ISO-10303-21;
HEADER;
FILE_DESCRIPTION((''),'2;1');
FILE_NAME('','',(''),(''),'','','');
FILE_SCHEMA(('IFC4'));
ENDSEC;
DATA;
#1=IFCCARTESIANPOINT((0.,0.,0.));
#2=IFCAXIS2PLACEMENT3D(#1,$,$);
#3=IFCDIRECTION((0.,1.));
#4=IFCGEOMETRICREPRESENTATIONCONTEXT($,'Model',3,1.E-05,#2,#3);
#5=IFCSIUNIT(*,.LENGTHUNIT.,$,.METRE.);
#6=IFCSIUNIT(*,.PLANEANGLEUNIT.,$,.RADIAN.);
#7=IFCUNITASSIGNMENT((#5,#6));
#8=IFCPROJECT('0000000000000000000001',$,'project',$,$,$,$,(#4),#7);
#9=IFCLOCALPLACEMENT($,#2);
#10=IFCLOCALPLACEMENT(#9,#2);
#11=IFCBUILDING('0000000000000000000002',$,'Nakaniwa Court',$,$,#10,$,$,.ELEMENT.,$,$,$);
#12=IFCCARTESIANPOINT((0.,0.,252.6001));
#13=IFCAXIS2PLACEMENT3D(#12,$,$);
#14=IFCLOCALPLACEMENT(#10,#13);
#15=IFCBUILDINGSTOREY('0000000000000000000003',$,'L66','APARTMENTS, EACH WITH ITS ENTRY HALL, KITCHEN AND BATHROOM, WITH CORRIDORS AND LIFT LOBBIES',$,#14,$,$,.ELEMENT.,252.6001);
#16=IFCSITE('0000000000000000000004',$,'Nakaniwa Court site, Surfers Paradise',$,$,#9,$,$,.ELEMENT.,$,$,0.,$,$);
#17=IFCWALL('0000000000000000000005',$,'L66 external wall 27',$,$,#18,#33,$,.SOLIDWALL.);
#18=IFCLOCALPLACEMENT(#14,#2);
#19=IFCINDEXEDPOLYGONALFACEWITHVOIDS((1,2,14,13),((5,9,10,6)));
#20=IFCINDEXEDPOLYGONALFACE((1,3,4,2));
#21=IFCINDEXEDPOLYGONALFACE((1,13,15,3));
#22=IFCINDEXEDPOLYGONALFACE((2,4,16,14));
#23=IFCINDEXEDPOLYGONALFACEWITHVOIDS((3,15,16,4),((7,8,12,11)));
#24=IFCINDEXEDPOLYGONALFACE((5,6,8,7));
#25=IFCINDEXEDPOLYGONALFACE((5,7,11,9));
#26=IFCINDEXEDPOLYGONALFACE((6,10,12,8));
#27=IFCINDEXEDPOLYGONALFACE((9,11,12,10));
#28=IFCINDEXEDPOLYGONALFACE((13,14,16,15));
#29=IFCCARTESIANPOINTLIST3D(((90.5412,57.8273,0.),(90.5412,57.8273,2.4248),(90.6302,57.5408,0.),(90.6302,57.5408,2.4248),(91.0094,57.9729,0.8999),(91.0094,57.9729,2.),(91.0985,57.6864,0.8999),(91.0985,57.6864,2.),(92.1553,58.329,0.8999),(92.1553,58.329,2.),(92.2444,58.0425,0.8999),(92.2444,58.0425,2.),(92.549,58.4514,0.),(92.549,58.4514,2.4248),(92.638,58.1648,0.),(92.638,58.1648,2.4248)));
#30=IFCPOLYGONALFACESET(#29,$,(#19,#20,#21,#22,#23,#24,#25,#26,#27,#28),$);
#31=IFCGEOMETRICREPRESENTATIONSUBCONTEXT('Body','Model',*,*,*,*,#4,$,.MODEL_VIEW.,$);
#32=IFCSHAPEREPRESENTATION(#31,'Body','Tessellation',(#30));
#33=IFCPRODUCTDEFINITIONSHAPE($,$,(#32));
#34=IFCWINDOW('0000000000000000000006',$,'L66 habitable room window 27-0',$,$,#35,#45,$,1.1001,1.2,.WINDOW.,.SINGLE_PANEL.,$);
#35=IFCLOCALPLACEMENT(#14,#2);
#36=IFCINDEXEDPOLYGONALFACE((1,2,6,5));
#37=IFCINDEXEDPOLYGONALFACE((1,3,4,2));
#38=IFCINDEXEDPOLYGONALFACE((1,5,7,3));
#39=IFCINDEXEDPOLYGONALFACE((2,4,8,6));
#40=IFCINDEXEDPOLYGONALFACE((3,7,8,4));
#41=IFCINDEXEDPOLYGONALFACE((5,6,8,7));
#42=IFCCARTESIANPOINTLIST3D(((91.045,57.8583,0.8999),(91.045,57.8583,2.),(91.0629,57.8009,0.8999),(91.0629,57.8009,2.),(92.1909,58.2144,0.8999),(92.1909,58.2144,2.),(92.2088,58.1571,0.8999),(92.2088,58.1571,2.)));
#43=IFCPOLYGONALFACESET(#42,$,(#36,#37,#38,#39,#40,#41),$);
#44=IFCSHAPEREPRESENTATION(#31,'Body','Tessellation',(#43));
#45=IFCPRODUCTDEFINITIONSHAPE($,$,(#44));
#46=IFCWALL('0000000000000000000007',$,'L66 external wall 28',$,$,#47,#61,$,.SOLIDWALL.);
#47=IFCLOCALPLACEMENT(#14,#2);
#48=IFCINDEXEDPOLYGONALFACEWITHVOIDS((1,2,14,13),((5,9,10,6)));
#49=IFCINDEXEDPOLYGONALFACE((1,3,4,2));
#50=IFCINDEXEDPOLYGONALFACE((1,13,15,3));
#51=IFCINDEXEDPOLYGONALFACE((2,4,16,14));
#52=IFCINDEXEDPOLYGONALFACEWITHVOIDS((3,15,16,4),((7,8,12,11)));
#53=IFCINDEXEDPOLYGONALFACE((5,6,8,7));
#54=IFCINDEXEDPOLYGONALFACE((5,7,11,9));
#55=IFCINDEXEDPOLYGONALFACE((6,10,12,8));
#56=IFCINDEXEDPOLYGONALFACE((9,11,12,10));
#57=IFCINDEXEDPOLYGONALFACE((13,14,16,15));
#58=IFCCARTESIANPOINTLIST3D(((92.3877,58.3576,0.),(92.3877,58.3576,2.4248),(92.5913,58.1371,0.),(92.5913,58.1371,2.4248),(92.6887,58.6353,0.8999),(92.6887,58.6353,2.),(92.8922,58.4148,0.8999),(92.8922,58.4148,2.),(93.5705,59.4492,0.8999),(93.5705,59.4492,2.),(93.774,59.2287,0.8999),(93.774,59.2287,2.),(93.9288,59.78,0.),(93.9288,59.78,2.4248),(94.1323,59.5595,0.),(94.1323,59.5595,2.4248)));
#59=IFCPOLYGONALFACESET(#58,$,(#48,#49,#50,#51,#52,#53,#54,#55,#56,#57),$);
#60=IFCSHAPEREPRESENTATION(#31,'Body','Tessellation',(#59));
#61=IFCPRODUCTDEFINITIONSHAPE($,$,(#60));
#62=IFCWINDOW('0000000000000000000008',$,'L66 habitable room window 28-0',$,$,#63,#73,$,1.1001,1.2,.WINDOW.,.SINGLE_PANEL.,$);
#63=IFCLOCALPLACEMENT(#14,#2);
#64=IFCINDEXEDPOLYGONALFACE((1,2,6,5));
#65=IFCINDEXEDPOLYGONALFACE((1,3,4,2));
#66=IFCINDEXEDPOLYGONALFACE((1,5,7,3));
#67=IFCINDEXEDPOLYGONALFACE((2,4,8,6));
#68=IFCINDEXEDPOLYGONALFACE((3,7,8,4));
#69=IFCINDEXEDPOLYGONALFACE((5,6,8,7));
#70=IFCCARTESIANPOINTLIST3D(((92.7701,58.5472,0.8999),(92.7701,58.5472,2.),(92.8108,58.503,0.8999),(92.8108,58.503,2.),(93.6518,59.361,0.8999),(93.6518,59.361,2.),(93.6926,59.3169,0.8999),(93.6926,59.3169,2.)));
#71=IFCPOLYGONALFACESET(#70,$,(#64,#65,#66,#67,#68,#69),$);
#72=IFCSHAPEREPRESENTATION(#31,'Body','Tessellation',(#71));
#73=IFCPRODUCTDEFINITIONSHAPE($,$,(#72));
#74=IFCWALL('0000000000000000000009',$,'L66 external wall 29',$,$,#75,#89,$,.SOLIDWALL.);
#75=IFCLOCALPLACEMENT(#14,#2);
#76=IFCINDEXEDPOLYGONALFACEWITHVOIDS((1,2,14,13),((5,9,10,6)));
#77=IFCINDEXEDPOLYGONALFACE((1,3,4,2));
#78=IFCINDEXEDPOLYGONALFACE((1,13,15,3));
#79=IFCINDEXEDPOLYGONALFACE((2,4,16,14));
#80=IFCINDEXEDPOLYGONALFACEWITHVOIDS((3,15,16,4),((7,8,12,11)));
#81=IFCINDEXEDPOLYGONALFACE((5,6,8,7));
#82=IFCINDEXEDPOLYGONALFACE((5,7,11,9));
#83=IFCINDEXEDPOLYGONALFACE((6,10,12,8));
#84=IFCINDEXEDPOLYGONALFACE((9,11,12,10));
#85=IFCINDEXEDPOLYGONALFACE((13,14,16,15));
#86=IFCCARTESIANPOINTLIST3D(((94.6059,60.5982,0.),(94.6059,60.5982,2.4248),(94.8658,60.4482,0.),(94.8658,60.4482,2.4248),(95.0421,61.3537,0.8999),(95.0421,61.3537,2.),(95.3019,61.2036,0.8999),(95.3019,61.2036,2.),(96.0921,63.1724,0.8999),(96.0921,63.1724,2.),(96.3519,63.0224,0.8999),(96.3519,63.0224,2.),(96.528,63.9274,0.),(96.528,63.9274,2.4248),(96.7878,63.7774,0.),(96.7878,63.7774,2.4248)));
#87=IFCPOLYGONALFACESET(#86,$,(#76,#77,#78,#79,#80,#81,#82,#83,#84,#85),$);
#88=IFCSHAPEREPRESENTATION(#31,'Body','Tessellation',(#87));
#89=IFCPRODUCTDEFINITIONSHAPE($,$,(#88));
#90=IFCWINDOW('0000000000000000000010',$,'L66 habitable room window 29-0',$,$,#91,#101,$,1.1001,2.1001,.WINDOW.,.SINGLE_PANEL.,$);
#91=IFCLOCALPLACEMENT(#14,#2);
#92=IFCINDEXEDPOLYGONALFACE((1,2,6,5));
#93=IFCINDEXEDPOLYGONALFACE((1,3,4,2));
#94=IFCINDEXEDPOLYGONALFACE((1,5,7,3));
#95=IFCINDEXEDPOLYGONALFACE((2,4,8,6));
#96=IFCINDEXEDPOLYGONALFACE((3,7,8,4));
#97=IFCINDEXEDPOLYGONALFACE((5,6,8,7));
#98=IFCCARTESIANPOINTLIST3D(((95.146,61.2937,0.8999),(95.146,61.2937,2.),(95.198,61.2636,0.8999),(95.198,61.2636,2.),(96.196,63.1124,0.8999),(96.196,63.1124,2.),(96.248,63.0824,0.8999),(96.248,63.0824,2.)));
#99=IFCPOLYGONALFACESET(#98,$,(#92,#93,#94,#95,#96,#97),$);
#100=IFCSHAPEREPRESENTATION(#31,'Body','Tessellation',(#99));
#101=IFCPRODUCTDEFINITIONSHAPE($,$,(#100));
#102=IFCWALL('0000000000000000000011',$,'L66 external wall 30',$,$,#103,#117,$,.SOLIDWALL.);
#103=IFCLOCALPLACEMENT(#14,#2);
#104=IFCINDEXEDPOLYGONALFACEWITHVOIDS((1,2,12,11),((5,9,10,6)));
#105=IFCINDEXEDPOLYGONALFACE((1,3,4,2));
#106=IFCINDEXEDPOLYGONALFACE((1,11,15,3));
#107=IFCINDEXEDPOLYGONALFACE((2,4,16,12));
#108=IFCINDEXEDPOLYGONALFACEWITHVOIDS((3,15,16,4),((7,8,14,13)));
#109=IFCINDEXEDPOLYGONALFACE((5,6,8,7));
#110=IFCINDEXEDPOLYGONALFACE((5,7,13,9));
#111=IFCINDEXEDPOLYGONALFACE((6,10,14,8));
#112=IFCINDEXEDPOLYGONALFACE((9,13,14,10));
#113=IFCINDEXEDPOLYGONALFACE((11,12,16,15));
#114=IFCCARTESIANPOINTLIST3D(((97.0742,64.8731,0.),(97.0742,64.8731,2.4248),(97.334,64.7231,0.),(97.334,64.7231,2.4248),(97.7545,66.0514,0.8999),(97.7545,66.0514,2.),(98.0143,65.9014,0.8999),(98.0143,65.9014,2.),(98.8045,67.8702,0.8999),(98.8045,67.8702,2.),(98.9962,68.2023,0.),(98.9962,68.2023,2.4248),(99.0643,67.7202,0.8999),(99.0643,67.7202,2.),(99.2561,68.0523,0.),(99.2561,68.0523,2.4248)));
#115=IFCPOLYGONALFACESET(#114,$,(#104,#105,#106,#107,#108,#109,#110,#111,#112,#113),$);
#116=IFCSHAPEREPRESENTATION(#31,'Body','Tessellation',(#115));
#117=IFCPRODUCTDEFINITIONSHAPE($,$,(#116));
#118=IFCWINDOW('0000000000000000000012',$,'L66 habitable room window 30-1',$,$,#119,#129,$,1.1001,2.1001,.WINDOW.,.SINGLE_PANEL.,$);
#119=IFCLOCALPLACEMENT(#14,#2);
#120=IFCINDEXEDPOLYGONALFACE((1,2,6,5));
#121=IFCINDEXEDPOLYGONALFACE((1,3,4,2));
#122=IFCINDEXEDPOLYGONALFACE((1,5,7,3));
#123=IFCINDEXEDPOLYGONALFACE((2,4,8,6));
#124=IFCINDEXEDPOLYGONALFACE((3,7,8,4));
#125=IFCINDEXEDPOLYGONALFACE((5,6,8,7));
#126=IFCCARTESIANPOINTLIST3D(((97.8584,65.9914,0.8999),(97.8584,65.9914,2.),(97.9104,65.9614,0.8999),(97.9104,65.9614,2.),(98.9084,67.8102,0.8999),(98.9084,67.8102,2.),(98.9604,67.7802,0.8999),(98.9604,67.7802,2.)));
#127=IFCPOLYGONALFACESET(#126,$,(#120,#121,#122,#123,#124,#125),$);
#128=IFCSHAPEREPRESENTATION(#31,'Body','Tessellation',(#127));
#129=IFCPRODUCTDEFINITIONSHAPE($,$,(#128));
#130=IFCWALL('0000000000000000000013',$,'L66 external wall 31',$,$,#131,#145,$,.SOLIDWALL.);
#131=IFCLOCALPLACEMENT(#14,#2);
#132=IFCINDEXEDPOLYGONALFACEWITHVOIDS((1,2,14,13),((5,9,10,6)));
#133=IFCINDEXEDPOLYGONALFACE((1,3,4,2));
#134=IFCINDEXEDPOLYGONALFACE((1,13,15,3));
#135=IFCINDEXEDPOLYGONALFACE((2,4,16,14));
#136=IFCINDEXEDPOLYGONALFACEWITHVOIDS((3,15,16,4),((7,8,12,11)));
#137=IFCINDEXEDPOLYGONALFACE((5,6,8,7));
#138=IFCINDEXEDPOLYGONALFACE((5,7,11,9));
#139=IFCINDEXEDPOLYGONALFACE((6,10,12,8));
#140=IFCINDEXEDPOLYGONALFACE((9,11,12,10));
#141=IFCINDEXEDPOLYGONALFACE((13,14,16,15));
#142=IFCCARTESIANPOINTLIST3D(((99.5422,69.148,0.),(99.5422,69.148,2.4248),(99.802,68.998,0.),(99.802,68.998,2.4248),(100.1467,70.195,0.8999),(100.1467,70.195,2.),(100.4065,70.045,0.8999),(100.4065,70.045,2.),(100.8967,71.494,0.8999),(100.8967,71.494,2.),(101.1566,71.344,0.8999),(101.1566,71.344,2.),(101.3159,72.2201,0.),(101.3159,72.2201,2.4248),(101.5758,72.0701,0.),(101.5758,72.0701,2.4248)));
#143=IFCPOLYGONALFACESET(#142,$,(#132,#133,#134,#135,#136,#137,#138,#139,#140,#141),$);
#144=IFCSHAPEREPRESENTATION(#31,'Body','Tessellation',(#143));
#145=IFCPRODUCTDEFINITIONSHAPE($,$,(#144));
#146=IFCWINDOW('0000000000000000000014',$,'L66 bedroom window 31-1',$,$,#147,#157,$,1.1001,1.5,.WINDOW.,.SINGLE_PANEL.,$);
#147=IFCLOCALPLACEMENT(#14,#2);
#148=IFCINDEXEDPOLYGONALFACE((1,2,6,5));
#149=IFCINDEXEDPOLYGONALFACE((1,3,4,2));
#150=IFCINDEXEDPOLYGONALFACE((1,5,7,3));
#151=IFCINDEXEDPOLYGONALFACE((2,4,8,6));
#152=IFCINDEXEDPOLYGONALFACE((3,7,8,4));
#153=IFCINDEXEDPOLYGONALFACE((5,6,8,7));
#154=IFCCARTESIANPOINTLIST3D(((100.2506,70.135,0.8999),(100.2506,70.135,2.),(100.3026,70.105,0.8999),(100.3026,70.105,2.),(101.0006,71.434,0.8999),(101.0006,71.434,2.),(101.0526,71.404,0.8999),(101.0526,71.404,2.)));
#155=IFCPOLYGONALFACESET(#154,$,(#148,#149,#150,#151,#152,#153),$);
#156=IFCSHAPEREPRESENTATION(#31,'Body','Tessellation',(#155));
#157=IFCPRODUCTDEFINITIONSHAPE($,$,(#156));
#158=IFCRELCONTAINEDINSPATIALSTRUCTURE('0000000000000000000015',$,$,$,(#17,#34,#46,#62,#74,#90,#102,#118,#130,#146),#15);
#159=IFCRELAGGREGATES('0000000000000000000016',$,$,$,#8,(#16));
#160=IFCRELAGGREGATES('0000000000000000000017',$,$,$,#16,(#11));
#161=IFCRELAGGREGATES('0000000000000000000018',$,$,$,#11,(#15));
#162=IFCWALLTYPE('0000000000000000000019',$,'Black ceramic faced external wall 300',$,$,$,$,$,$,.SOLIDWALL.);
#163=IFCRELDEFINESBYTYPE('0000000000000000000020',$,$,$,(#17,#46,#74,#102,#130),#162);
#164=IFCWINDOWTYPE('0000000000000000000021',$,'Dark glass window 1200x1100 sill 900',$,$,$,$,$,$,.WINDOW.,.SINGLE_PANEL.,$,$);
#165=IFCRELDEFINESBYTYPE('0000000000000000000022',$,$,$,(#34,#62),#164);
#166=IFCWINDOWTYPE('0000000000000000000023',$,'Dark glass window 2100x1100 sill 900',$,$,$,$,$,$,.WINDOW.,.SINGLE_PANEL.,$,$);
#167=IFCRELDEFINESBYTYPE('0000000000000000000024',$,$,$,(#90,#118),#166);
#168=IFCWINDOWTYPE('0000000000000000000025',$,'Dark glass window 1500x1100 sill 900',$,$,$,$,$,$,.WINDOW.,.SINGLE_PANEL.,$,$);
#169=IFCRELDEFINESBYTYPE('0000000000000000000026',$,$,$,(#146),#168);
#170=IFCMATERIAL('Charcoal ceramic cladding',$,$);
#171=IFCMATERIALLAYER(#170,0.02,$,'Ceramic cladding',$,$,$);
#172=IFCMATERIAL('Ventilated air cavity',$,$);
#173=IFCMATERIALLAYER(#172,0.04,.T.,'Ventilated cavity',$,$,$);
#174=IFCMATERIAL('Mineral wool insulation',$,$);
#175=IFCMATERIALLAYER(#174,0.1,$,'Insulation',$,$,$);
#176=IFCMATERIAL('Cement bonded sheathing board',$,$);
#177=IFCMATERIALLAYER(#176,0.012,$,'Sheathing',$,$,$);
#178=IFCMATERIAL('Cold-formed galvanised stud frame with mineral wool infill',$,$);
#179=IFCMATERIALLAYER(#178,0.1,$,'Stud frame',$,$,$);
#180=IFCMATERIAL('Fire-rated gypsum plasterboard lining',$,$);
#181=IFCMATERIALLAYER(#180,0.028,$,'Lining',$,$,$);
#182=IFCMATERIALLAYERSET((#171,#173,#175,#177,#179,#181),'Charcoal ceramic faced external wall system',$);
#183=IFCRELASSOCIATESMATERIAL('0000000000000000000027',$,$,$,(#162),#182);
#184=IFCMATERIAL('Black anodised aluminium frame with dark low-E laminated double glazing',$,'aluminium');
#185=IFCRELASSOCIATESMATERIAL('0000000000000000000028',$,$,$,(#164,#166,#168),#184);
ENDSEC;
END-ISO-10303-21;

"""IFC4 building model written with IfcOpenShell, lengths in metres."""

from ifc_helpers import new_model, si_unit, direction, frame, frame_2d, origin, place, context, subcontext, project, spatial, rectangle, extrude, material, layer, layer_set, type_object, element, fill, save


model = new_model("IFC4")

# Units and contexts
model_context = context("Model", 3, precision=1e-05, world=origin(), true_north=direction((0.0, 1.0)))
body_context = subcontext(model_context, "Body", "Model", "MODEL_VIEW")
ifc_project = project(units=[si_unit("LENGTHUNIT", "METRE"), si_unit("PLANEANGLEUNIT", "RADIAN")], contexts=[model_context])

# Site, building, storey
site_placement = place(None, origin())
site = spatial("IfcSite", under=ifc_project, at=site_placement, Name="Nakaniwa Court site, Surfers Paradise", CompositionType="ELEMENT", RefElevation=0.0)
building_placement = place(site_placement, origin())
building = spatial("IfcBuilding", under=site, at=building_placement, Name="Nakaniwa Court", CompositionType="ELEMENT")
storey_placement = place(building_placement, frame((0.0, 0.0, 252.6001)))
storey = spatial("IfcBuildingStorey", under=building, at=storey_placement, Name="L66", Description="APARTMENTS, EACH WITH ITS ENTRY HALL, KITCHEN AND BATHROOM, WITH CORRIDORS AND LIFT LOBBIES", CompositionType="ELEMENT", Elevation=252.6001)

# Walls, openings, windows
ifc_material_1 = material(Name="Charcoal ceramic cladding")
ifc_layer_1 = layer(ifc_material_1, 0.02, Name="Ceramic cladding")
ifc_material_2 = material(Name="Ventilated air cavity")
ifc_layer_2 = layer(ifc_material_2, 0.04, ventilated=True, Name="Ventilated cavity")
ifc_material_3 = material(Name="Mineral wool insulation")
ifc_layer_3 = layer(ifc_material_3, 0.1, Name="Insulation")
ifc_material_4 = material(Name="Cement bonded sheathing board")
ifc_layer_4 = layer(ifc_material_4, 0.012, Name="Sheathing")
ifc_material_5 = material(Name="Cold-formed galvanised stud frame with mineral wool infill")
ifc_layer_5 = layer(ifc_material_5, 0.1, Name="Stud frame")
ifc_material_6 = material(Name="Fire-rated gypsum plasterboard lining")
ifc_layer_6 = layer(ifc_material_6, 0.028, Name="Lining")
ifc_layer_set_1 = layer_set([ifc_layer_1, ifc_layer_2, ifc_layer_3, ifc_layer_4, ifc_layer_5, ifc_layer_6], Name="Charcoal ceramic faced external wall system")
wall_type_1 = type_object("IfcWallType", Name="Black ceramic faced external wall 300", PredefinedType="SOLIDWALL", material=ifc_layer_set_1)
wall_1_placement = place(storey_placement, frame((90.5857, 57.6841, 0.0), z_axis=(0.0, 0.0, 1.0), x_axis=(0.954942, 0.296794, 0.0)))
wall_1 = element("IfcWall", 1, at=wall_1_placement, inside=storey, type_object=wall_type_1, Name="L66 external wall 27", PredefinedType="SOLIDWALL", context=body_context, shape_type="SweptSolid", body=[
    extrude(rectangle(XDim=2.1025, YDim=0.3, at=frame_2d((1.0513, 0.0))), origin(), (0.0, 0.0, 1.0), 2.4248),
])
opening_1_placement = place(wall_1_placement, frame((0.4902, 0.0, 0.8999)))
opening_1 = element("IfcOpeningElement", 2, at=opening_1_placement, cuts=wall_1, PredefinedType="OPENING", context=body_context, shape_type="SweptSolid", body=[
    extrude(rectangle(XDim=1.2, YDim=1.1001, at=frame_2d((0.6001, 0.55))), frame((0.0, 0.1599, 0.0), z_axis=(0.0, -1.0, 0.0), x_axis=(1.0, 0.0, 0.0)), (0.0, 0.0, 1.0), 0.3201),
])
ifc_material_7 = material(Name="Black anodised aluminium frame with dark low-E laminated double glazing", Category="aluminium")
window_type_1 = type_object("IfcWindowType", Name="Dark glass window 1200x1100 sill 900", PartitioningType="SINGLE_PANEL", PredefinedType="WINDOW", material=ifc_material_7)
window_1_placement = place(opening_1_placement, origin())
window_1 = element("IfcWindow", 3, at=window_1_placement, inside=storey, type_object=window_type_1, Name="L66 habitable room window 27-0", OverallHeight=1.1001, OverallWidth=1.2, PartitioningType="SINGLE_PANEL", PredefinedType="WINDOW", context=body_context, shape_type="SweptSolid", body=[
    extrude(rectangle(XDim=1.2, YDim=1.1001, at=frame_2d((0.6001, 0.55))), frame((0.0, 0.03, 0.0), z_axis=(0.0, -1.0, 0.0), x_axis=(1.0, 0.0, 0.0)), (0.0, 0.0, 1.0), 0.0601),
])
fill(opening_1, window_1)
wall_2_placement = place(storey_placement, frame((92.4895, 58.2473, 0.0), z_axis=(0.0, 0.0, 1.0), x_axis=(0.73483, 0.678251, 0.0)))
wall_2 = element("IfcWall", 4, at=wall_2_placement, inside=storey, type_object=wall_type_1, Name="L66 external wall 28", PredefinedType="SOLIDWALL", context=body_context, shape_type="SweptSolid", body=[
    extrude(rectangle(XDim=2.0972, YDim=0.3, at=frame_2d((1.0486, 0.0))), origin(), (0.0, 0.0, 1.0), 2.4248),
])
opening_2_placement = place(wall_2_placement, frame((0.4094, 0.0, 0.8999)))
opening_2 = element("IfcOpeningElement", 5, at=opening_2_placement, cuts=wall_2, PredefinedType="OPENING", context=body_context, shape_type="SweptSolid", body=[
    extrude(rectangle(XDim=1.2, YDim=1.1001, at=frame_2d((0.6001, 0.55))), frame((0.0, 0.1599, 0.0), z_axis=(0.0, -1.0, 0.0), x_axis=(1.0, 0.0, 0.0)), (0.0, 0.0, 1.0), 0.3201),
])
window_2_placement = place(opening_2_placement, origin())
window_2 = element("IfcWindow", 6, at=window_2_placement, inside=storey, type_object=window_type_1, Name="L66 habitable room window 28-0", OverallHeight=1.1001, OverallWidth=1.2, PartitioningType="SINGLE_PANEL", PredefinedType="WINDOW", context=body_context, shape_type="SweptSolid", body=[
    extrude(rectangle(XDim=1.2, YDim=1.1001, at=frame_2d((0.6001, 0.55))), frame((0.0, 0.03, 0.0), z_axis=(0.0, -1.0, 0.0), x_axis=(1.0, 0.0, 0.0)), (0.0, 0.0, 1.0), 0.0601),
])
fill(opening_2, window_2)
wall_3_placement = place(storey_placement, frame((94.7358, 60.5232, 0.0), z_axis=(0.0, 0.0, 1.0), x_axis=(0.499984, 0.866034, 0.0)))
wall_3 = element("IfcWall", 7, at=wall_3_placement, inside=storey, type_object=wall_type_1, Name="L66 external wall 29", PredefinedType="SOLIDWALL", context=body_context, shape_type="SweptSolid", body=[
    extrude(rectangle(XDim=3.8442, YDim=0.3, at=frame_2d((1.9221, 0.0))), origin(), (0.0, 0.0, 1.0), 2.4248),
])
opening_3_placement = place(wall_3_placement, frame((0.8723, 0.0, 0.8999)))
opening_3 = element("IfcOpeningElement", 8, at=opening_3_placement, cuts=wall_3, PredefinedType="OPENING", context=body_context, shape_type="SweptSolid", body=[
    extrude(rectangle(XDim=2.1001, YDim=1.1001, at=frame_2d((1.05, 0.55))), frame((0.0, 0.1599, 0.0), z_axis=(0.0, -1.0, 0.0), x_axis=(1.0, 0.0, 0.0)), (0.0, 0.0, 1.0), 0.3201),
])
window_type_2 = type_object("IfcWindowType", Name="Dark glass window 2100x1100 sill 900", PartitioningType="SINGLE_PANEL", PredefinedType="WINDOW", material=ifc_material_7)
window_3_placement = place(opening_3_placement, origin())
window_3 = element("IfcWindow", 9, at=window_3_placement, inside=storey, type_object=window_type_2, Name="L66 habitable room window 29-0", OverallHeight=1.1001, OverallWidth=2.1001, PartitioningType="SINGLE_PANEL", PredefinedType="WINDOW", context=body_context, shape_type="SweptSolid", body=[
    extrude(rectangle(XDim=2.1001, YDim=1.1001, at=frame_2d((1.05, 0.55))), frame((0.0, 0.03, 0.0), z_axis=(0.0, -1.0, 0.0), x_axis=(1.0, 0.0, 0.0)), (0.0, 0.0, 1.0), 0.0601),
])
fill(opening_3, window_3)
wall_4_placement = place(storey_placement, frame((97.2041, 64.7981, 0.0), z_axis=(0.0, 0.0, 1.0), x_axis=(0.499984, 0.866034, 0.0)))
wall_4 = element("IfcWall", 10, at=wall_4_placement, inside=storey, type_object=wall_type_1, Name="L66 external wall 30", PredefinedType="SOLIDWALL", context=body_context, shape_type="SweptSolid", body=[
    extrude(rectangle(XDim=3.8442, YDim=0.3, at=frame_2d((1.9221, 0.0))), origin(), (0.0, 0.0, 1.0), 2.4248),
])
opening_4_placement = place(wall_4_placement, frame((1.3606, 0.0, 0.8999)))
opening_4 = element("IfcOpeningElement", 11, at=opening_4_placement, cuts=wall_4, PredefinedType="OPENING", context=body_context, shape_type="SweptSolid", body=[
    extrude(rectangle(XDim=2.1001, YDim=1.1001, at=frame_2d((1.05, 0.55))), frame((0.0, 0.1599, 0.0), z_axis=(0.0, -1.0, 0.0), x_axis=(1.0, 0.0, 0.0)), (0.0, 0.0, 1.0), 0.3201),
])
window_4_placement = place(opening_4_placement, origin())
window_4 = element("IfcWindow", 12, at=window_4_placement, inside=storey, type_object=window_type_2, Name="L66 habitable room window 30-1", OverallHeight=1.1001, OverallWidth=2.1001, PartitioningType="SINGLE_PANEL", PredefinedType="WINDOW", context=body_context, shape_type="SweptSolid", body=[
    extrude(rectangle(XDim=2.1001, YDim=1.1001, at=frame_2d((1.05, 0.55))), frame((0.0, 0.03, 0.0), z_axis=(0.0, -1.0, 0.0), x_axis=(1.0, 0.0, 0.0)), (0.0, 0.0, 1.0), 0.0601),
])
fill(opening_4, window_4)
wall_5_placement = place(storey_placement, frame((99.6721, 69.073, 0.0), z_axis=(0.0, 0.0, 1.0), x_axis=(0.50001, 0.866019, 0.0)))
wall_5 = element("IfcWall", 13, at=wall_5_placement, inside=storey, type_object=wall_type_1, Name="L66 external wall 31", PredefinedType="SOLIDWALL", context=body_context, shape_type="SweptSolid", body=[
    extrude(rectangle(XDim=3.5474, YDim=0.3, at=frame_2d((1.7737, 0.0))), origin(), (0.0, 0.0, 1.0), 2.4248),
])
opening_5_placement = place(wall_5_placement, frame((1.209, 0.0, 0.8999)))
opening_5 = element("IfcOpeningElement", 14, at=opening_5_placement, cuts=wall_5, PredefinedType="OPENING", context=body_context, shape_type="SweptSolid", body=[
    extrude(rectangle(XDim=1.5, YDim=1.1001, at=frame_2d((0.75, 0.55))), frame((0.0, 0.1599, 0.0), z_axis=(0.0, -1.0, 0.0), x_axis=(1.0, 0.0, 0.0)), (0.0, 0.0, 1.0), 0.3201),
])
window_type_3 = type_object("IfcWindowType", Name="Dark glass window 1500x1100 sill 900", PartitioningType="SINGLE_PANEL", PredefinedType="WINDOW", material=ifc_material_7)
window_5_placement = place(opening_5_placement, origin())
window_5 = element("IfcWindow", 15, at=window_5_placement, inside=storey, type_object=window_type_3, Name="L66 bedroom window 31-1", OverallHeight=1.1001, OverallWidth=1.5, PartitioningType="SINGLE_PANEL", PredefinedType="WINDOW", context=body_context, shape_type="SweptSolid", body=[
    extrude(rectangle(XDim=1.5, YDim=1.1001, at=frame_2d((0.75, 0.55))), frame((0.0, 0.03, 0.0), z_axis=(0.0, -1.0, 0.0), x_axis=(1.0, 0.0, 0.0)), (0.0, 0.0, 1.0), 0.0601),
])
fill(opening_5, window_5)

save(model, "model.ifc")
